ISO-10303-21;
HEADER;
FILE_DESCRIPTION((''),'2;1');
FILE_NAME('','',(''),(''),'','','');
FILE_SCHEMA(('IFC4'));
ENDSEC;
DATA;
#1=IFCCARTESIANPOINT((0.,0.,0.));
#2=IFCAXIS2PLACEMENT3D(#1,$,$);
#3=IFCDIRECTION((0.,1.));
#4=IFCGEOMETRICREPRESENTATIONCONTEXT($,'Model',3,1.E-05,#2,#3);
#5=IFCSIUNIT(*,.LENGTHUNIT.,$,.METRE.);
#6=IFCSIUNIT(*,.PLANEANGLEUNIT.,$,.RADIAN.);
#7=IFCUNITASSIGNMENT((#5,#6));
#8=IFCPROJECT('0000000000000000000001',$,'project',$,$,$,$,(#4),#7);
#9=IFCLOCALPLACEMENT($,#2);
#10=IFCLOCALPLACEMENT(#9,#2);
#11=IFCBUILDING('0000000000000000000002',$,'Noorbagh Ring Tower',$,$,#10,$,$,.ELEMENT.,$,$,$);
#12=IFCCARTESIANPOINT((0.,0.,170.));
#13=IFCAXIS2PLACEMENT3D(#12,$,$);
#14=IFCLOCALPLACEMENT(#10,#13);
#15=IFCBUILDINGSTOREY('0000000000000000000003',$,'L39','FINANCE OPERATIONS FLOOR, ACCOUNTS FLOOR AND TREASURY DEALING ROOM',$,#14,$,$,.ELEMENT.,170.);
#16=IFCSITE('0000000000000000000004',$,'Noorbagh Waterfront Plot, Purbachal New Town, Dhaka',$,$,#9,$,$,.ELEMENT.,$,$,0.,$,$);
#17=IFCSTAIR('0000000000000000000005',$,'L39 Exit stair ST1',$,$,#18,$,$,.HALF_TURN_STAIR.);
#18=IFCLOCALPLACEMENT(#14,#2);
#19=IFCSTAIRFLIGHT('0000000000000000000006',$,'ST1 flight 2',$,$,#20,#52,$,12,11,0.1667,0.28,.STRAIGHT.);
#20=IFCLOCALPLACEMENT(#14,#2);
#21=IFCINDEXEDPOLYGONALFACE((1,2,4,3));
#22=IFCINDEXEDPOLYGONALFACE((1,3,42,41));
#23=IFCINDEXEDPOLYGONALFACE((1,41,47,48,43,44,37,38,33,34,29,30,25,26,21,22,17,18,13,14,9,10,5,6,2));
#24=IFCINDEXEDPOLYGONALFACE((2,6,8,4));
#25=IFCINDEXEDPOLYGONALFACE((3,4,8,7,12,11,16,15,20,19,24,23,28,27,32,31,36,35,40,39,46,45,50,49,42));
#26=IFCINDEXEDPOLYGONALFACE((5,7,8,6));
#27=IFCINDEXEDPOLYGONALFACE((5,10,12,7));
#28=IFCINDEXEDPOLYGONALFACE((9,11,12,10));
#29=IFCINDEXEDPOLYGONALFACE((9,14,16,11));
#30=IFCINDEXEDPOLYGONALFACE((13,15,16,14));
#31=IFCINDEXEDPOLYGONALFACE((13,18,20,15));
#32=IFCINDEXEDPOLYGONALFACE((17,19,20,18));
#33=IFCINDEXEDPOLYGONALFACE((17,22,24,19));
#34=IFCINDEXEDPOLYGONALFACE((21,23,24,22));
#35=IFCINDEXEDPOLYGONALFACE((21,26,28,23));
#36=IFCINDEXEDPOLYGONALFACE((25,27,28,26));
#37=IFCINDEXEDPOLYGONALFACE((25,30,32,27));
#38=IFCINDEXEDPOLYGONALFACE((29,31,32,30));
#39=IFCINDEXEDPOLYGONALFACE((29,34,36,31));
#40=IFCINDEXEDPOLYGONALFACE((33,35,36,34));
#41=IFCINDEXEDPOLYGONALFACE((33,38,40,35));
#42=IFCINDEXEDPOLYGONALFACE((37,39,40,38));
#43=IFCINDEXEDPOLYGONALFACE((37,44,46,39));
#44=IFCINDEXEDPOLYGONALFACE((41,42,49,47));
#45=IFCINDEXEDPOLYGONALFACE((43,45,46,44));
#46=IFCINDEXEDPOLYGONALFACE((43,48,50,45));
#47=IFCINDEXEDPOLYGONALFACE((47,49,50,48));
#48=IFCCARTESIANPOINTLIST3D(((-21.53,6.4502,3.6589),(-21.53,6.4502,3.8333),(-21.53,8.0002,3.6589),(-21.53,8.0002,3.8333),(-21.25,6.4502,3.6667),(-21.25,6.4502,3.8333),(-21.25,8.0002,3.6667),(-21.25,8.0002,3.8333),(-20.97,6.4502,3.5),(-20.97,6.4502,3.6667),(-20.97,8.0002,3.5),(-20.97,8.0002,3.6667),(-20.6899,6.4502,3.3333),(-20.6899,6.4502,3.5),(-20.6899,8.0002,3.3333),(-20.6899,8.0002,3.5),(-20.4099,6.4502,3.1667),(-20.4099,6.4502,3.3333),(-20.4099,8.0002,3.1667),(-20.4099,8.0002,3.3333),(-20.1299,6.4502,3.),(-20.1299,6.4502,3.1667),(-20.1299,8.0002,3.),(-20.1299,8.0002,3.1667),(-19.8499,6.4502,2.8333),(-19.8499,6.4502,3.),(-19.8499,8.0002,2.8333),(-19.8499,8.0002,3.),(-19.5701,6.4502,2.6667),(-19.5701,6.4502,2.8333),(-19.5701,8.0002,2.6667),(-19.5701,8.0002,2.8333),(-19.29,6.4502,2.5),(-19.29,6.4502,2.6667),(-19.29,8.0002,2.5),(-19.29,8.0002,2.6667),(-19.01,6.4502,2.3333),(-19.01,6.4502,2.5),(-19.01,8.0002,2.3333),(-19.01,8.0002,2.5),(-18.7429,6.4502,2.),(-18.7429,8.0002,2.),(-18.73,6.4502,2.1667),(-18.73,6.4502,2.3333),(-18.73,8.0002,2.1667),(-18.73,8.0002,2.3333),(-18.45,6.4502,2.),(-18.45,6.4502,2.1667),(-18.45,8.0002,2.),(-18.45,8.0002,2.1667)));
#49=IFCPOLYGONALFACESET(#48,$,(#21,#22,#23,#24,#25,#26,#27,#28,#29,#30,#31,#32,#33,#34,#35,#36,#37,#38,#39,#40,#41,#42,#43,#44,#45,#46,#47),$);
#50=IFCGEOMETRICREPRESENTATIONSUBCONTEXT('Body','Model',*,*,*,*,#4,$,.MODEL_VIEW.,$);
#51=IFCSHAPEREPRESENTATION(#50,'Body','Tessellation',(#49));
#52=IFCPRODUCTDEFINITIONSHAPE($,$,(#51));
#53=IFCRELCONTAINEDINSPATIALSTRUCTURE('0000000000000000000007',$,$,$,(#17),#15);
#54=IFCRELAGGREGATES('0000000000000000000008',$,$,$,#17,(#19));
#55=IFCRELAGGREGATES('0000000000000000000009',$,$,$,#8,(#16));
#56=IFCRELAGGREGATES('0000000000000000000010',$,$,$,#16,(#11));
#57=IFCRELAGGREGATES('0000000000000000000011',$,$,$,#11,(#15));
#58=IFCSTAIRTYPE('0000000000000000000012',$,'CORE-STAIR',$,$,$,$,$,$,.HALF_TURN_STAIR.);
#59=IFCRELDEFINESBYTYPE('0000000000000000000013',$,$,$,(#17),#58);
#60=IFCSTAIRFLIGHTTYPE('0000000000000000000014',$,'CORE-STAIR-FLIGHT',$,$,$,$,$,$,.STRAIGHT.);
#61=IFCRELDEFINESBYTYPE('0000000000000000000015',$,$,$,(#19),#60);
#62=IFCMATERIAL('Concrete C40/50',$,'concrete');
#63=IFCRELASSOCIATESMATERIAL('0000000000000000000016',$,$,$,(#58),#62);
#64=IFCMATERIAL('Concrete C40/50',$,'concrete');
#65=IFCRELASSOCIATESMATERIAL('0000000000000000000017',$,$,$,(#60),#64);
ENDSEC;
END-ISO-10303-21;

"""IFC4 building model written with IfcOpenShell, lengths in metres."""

from ifc_helpers import new_model, si_unit, direction, frame, origin, place, context, subcontext, project, spatial, polyline, outline, extrude, material, type_object, element, aggregate, save


model = new_model("IFC4")

# Units and contexts
model_context = context("Model", 3, precision=1e-05, world=origin(), true_north=direction((0.0, 1.0)))
body_context = subcontext(model_context, "Body", "Model", "MODEL_VIEW")
ifc_project = project(units=[si_unit("LENGTHUNIT", "METRE"), si_unit("PLANEANGLEUNIT", "RADIAN")], contexts=[model_context])

# Site, building, storey
site_placement = place(None, origin())
site = spatial("IfcSite", under=ifc_project, at=site_placement, Name="Noorbagh Waterfront Plot, Purbachal New Town, Dhaka", CompositionType="ELEMENT", RefElevation=0.0)
building_placement = place(site_placement, origin())
building = spatial("IfcBuilding", under=site, at=building_placement, Name="Noorbagh Ring Tower", CompositionType="ELEMENT")
storey_placement = place(building_placement, frame((0.0, 0.0, 170.0)))
storey = spatial("IfcBuildingStorey", under=building, at=storey_placement, Name="L39", Description="FINANCE OPERATIONS FLOOR, ACCOUNTS FLOOR AND TREASURY DEALING ROOM", CompositionType="ELEMENT", Elevation=170.0)

# Stair, stair flight
ifc_material_1 = material(Name="Concrete C40/50", Category="concrete")
stair_type = type_object("IfcStairType", Name="CORE-STAIR", PredefinedType="HALF_TURN_STAIR", material=ifc_material_1)
stair_placement = place(storey_placement, origin())
stair = element("IfcStair", 1, at=stair_placement, inside=storey, type_object=stair_type, Name="L39 Exit stair ST1", PredefinedType="HALF_TURN_STAIR")
ifc_material_2 = material(Name="Concrete C40/50", Category="concrete")
stair_flight_type = type_object("IfcStairFlightType", Name="CORE-STAIR-FLIGHT", PredefinedType="STRAIGHT", material=ifc_material_2)
stair_flight_placement = place(storey_placement, frame((-18.45, 7.2251, 2.0), z_axis=(0.0, 0.0, 1.0), x_axis=(-1.0, 0.0, 0.0)))
stair_flight = element("IfcStairFlight", 2, at=stair_flight_placement, type_object=stair_flight_type, Name="ST1 flight 2", NumberOfRisers=12, NumberOfTreads=11, PredefinedType="STRAIGHT", RiserHeight=0.1667, TreadLength=0.28, context=body_context, shape_type="SweptSolid", body=[
    extrude(outline(polyline([(0.0, 0.0), (0.0, 0.1667), (0.28, 0.1667), (0.28, 0.3333), (0.5601, 0.3333), (0.5601, 0.5), (0.8401, 0.5), (0.8401, 0.6667), (1.1201, 0.6667), (1.1201, 0.8333), (1.3999, 0.8333), (1.3999, 1.0), (1.6799, 1.0), (1.6799, 1.1667), (1.96, 1.1667), (1.96, 1.3333), (2.24, 1.3333), (2.24, 1.5), (2.52, 1.5), (2.52, 1.6667), (2.8, 1.6667), (2.8, 1.8333), (3.0801, 1.8333), (3.0801, 2.0), (3.0801, 1.6589), (0.293, 0.0), (0.0, 0.0)])), frame((0.0, 0.7749, 0.0), z_axis=(0.0, -1.0, 0.0), x_axis=(1.0, 0.0, 0.0)), (0.0, 0.0, 1.0), 1.55),
])
aggregate(stair, [stair_flight])

save(model, "model.ifc")
